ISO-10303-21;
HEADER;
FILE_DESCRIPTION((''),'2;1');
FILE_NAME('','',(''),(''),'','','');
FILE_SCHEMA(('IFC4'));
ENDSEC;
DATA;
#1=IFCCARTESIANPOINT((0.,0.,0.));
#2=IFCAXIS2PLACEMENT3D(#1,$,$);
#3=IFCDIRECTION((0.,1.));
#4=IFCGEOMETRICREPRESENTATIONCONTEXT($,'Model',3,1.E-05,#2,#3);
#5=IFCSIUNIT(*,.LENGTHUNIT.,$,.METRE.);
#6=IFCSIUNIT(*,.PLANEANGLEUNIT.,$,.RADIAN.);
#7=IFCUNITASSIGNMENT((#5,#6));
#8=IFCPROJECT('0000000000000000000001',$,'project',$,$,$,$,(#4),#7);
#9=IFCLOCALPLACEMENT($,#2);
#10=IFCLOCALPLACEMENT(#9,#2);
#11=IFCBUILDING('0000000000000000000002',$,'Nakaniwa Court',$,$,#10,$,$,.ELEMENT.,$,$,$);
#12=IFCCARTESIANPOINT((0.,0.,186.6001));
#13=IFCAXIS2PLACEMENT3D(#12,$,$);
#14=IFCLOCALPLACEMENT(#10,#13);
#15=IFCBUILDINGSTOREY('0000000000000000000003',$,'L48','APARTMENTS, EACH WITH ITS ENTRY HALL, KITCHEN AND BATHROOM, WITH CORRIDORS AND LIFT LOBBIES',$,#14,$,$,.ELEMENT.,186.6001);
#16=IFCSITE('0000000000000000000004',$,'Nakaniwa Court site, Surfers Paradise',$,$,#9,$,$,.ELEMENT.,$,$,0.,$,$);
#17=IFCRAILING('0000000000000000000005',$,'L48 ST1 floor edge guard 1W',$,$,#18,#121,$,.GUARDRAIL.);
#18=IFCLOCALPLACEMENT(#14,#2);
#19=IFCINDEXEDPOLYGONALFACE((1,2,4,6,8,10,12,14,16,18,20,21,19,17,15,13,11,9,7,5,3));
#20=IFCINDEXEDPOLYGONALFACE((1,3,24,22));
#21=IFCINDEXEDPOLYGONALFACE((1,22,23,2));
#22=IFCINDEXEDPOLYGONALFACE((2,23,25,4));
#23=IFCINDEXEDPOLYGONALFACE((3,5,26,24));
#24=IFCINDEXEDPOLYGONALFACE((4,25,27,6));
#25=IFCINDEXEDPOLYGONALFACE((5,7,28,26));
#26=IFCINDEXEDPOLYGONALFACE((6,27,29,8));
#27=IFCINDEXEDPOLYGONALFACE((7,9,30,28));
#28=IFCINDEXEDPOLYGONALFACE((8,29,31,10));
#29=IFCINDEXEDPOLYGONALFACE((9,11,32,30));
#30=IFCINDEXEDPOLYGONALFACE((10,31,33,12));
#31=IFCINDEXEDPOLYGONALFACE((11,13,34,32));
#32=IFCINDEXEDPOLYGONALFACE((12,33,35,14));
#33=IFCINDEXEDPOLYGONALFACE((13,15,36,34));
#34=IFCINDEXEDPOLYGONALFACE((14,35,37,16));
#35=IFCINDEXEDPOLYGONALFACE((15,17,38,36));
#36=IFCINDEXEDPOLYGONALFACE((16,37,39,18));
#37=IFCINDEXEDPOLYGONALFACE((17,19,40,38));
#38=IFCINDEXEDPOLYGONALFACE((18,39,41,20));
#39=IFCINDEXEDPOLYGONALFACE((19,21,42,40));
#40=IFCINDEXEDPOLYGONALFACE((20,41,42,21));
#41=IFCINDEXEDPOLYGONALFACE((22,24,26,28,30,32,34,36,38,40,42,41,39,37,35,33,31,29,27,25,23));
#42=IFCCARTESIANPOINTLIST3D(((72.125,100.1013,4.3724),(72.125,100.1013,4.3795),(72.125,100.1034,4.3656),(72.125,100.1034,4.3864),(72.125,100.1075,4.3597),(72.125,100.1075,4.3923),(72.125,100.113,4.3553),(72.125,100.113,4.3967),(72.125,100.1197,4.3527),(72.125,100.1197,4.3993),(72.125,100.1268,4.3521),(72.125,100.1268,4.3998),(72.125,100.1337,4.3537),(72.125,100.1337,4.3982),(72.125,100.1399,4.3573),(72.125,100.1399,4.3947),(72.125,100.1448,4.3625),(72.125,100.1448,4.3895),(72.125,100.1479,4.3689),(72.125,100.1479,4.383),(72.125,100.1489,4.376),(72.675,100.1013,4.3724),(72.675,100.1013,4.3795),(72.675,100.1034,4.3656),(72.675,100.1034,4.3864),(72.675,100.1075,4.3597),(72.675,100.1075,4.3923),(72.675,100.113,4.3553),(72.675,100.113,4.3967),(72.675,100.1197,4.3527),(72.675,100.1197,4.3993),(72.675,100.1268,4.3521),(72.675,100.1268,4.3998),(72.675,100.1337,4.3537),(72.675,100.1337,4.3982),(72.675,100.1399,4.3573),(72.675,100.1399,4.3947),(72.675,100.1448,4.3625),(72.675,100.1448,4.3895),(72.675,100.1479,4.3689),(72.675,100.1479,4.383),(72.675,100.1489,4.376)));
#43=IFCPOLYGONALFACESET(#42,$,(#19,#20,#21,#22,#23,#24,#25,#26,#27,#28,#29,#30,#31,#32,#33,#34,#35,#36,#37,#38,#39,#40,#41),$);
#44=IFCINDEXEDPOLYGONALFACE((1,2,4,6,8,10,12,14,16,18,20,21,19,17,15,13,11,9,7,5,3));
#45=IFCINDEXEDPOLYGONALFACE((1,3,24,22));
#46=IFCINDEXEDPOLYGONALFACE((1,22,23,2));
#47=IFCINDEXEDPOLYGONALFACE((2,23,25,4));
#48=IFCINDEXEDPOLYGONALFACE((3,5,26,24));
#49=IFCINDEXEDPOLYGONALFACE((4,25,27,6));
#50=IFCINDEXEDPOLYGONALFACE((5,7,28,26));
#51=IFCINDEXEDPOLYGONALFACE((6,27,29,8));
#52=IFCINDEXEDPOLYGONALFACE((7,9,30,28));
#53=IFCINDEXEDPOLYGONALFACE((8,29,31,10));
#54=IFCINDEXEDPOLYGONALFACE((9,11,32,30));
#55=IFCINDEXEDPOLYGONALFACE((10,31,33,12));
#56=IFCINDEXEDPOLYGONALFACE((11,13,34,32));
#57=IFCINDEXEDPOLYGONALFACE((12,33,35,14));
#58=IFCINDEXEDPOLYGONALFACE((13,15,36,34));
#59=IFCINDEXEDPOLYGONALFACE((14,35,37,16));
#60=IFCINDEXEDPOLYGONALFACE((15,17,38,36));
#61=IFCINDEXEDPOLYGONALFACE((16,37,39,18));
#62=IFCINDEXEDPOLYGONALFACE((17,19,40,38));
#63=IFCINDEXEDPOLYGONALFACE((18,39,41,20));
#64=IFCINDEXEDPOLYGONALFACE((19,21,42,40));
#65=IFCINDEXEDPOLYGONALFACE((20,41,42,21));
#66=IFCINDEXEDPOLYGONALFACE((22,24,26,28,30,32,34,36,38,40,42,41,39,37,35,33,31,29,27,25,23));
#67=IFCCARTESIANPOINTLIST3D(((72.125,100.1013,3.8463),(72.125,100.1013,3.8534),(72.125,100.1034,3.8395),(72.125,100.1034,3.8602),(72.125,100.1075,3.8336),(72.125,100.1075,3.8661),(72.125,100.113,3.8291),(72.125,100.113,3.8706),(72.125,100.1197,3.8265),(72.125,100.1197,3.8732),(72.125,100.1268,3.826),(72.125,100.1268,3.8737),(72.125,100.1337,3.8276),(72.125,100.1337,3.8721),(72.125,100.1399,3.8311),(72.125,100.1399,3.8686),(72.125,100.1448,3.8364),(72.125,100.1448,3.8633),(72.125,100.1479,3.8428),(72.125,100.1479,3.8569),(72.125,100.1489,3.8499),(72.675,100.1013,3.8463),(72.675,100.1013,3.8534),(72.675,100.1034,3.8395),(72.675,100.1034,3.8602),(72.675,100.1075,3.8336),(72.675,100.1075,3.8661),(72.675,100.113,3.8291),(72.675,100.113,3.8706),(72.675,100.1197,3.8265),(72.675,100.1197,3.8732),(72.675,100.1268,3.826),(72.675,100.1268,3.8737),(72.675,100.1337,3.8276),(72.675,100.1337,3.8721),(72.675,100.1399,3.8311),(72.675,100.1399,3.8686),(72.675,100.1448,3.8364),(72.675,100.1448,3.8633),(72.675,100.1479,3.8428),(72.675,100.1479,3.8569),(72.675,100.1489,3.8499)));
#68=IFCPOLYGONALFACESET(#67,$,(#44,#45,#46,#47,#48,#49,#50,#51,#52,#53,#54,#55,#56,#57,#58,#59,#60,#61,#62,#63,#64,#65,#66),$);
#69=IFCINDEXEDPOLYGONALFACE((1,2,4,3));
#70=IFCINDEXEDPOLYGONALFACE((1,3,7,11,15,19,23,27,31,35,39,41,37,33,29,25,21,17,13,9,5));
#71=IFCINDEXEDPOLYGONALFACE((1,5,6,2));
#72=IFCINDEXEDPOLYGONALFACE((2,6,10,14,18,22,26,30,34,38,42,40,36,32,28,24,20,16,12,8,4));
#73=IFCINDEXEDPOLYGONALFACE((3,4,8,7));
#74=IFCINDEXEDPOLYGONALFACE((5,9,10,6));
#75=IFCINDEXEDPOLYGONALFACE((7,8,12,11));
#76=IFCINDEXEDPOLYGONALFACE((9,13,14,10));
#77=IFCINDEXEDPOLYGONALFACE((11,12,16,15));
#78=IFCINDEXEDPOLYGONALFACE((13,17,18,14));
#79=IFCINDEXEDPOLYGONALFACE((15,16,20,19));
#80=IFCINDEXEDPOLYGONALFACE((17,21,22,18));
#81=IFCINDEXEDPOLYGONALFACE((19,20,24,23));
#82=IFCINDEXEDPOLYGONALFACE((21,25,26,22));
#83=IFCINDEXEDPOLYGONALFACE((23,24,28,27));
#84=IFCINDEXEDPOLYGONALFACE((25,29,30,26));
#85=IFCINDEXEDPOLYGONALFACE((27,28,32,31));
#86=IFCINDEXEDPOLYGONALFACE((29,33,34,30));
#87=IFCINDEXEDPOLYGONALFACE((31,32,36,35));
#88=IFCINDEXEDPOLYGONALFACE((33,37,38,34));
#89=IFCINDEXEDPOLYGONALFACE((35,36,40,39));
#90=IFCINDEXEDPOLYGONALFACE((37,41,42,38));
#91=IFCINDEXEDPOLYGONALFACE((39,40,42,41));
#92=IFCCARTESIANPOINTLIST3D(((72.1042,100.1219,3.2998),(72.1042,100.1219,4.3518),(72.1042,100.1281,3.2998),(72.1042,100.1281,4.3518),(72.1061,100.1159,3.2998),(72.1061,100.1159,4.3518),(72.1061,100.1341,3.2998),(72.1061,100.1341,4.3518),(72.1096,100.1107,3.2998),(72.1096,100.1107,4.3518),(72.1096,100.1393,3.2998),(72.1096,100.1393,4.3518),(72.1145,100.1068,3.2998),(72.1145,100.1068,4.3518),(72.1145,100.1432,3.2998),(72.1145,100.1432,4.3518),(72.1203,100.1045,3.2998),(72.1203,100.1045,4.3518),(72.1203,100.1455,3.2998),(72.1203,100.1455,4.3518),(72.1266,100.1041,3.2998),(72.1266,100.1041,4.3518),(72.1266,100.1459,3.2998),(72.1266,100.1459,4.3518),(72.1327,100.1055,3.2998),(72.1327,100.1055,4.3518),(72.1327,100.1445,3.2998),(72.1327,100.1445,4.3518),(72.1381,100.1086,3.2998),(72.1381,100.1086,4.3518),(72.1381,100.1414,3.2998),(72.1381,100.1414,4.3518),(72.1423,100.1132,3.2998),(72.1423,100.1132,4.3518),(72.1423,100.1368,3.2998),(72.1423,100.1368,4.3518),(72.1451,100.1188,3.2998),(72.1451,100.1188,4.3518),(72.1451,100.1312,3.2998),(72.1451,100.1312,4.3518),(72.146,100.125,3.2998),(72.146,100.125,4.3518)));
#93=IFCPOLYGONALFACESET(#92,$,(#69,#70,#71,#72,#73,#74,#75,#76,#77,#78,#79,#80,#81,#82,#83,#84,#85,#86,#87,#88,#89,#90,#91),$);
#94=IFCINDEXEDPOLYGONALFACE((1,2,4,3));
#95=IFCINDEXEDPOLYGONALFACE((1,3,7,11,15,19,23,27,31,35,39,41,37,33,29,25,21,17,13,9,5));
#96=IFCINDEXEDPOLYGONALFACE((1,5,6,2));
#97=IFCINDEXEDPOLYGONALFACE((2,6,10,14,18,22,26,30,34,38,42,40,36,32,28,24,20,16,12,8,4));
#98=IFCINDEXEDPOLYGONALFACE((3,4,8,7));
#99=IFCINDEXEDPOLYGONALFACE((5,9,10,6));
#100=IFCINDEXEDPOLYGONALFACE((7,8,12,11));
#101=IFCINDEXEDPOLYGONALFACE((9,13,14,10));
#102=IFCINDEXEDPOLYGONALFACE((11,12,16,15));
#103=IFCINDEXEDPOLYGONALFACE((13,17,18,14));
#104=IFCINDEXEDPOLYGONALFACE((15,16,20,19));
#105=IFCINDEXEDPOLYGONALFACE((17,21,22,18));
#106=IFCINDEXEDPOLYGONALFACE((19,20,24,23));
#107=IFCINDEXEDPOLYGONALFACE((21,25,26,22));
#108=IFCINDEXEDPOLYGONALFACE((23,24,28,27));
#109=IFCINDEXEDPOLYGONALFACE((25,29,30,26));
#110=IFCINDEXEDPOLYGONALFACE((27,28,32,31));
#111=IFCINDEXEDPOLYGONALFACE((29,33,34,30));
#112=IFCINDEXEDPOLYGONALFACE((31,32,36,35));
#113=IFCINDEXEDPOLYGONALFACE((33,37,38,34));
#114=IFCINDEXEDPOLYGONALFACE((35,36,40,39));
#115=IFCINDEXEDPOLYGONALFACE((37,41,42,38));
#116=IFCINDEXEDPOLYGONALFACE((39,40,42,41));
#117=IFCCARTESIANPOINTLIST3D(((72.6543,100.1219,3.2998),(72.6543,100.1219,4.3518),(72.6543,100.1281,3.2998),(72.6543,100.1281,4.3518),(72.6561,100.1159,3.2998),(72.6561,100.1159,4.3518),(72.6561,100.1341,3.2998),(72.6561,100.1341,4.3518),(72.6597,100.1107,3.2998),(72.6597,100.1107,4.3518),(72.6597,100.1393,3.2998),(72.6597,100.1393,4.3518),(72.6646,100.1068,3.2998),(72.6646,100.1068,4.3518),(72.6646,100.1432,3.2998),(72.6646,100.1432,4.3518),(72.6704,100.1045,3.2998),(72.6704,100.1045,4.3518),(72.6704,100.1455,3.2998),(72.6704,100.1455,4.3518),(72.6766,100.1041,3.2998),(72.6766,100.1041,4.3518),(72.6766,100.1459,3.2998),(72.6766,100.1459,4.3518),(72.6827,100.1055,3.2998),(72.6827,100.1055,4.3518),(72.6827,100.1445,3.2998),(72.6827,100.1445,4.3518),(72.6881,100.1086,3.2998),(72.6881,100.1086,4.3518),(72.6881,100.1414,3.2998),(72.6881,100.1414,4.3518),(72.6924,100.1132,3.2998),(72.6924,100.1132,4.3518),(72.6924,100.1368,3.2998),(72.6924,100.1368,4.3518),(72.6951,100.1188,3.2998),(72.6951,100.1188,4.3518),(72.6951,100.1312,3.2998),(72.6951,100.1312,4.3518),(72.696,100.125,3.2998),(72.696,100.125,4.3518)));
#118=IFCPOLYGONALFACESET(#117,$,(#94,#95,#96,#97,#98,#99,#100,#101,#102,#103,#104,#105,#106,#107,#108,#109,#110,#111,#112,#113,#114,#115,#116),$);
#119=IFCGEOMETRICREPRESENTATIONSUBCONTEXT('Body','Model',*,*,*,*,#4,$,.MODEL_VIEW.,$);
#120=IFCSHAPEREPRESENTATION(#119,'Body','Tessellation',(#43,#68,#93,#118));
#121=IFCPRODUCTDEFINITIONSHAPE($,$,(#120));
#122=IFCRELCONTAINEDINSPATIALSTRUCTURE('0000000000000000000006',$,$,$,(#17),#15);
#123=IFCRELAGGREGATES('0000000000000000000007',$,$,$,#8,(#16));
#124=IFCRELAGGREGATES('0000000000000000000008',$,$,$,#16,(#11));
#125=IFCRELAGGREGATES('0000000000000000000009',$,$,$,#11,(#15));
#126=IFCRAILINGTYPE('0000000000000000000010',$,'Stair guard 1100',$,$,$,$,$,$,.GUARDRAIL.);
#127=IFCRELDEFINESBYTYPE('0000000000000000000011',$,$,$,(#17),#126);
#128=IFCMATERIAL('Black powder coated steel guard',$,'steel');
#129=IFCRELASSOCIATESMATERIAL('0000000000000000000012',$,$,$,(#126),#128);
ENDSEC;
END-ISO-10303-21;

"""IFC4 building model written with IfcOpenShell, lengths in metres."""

from ifc_helpers import new_model, si_unit, direction, frame, origin, origin_2d, place, context, subcontext, project, spatial, circle, extrude, material, type_object, element, save


model = new_model("IFC4")

# Units and contexts
model_context = context("Model", 3, precision=1e-05, world=origin(), true_north=direction((0.0, 1.0)))
body_context = subcontext(model_context, "Body", "Model", "MODEL_VIEW")
ifc_project = project(units=[si_unit("LENGTHUNIT", "METRE"), si_unit("PLANEANGLEUNIT", "RADIAN")], contexts=[model_context])

# Site, building, storey
site_placement = place(None, origin())
site = spatial("IfcSite", under=ifc_project, at=site_placement, Name="Nakaniwa Court site, Surfers Paradise", CompositionType="ELEMENT", RefElevation=0.0)
building_placement = place(site_placement, origin())
building = spatial("IfcBuilding", under=site, at=building_placement, Name="Nakaniwa Court", CompositionType="ELEMENT")
storey_placement = place(building_placement, frame((0.0, 0.0, 186.6001)))
storey = spatial("IfcBuildingStorey", under=building, at=storey_placement, Name="L48", Description="APARTMENTS, EACH WITH ITS ENTRY HALL, KITCHEN AND BATHROOM, WITH CORRIDORS AND LIFT LOBBIES", CompositionType="ELEMENT", Elevation=186.6001)

# Railing
ifc_material_1 = material(Name="Black powder coated steel guard", Category="steel")
railing_type_1 = type_object("IfcRailingType", Name="Stair guard 1100", PredefinedType="GUARDRAIL", material=ifc_material_1)
for number, where, name in (
    (1, (72.125, 100.125, 3.2998), "L48 ST1 floor edge guard 1W"),
):
    element("IfcRailing", number, at=place(storey_placement, frame(where)), inside=storey, type_object=railing_type_1, Name=name, PredefinedType="GUARDRAIL", context=body_context, shape_type="SweptSolid", body=[
        extrude(circle(Radius=0.0239, at=origin_2d()), frame((0.0, 0.0, 1.0762), z_axis=(1.0, 0.0, 0.0), x_axis=(0.0, 1.0, 0.0)), (0.0, 0.0, 1.0), 0.55),
        extrude(circle(Radius=0.0239, at=origin_2d()), frame((0.0, 0.0, 0.55), z_axis=(1.0, 0.0, 0.0), x_axis=(0.0, 1.0, 0.0)), (0.0, 0.0, 1.0), 0.55),
        extrude(circle(Radius=0.021, at=origin_2d()), origin(), (0.0, 0.0, 1.0), 1.052),
        extrude(circle(Radius=0.021, at=origin_2d()), frame((0.55, 0.0, 0.0)), (0.0, 0.0, 1.0), 1.052),
    ])

save(model, "model.ifc")
